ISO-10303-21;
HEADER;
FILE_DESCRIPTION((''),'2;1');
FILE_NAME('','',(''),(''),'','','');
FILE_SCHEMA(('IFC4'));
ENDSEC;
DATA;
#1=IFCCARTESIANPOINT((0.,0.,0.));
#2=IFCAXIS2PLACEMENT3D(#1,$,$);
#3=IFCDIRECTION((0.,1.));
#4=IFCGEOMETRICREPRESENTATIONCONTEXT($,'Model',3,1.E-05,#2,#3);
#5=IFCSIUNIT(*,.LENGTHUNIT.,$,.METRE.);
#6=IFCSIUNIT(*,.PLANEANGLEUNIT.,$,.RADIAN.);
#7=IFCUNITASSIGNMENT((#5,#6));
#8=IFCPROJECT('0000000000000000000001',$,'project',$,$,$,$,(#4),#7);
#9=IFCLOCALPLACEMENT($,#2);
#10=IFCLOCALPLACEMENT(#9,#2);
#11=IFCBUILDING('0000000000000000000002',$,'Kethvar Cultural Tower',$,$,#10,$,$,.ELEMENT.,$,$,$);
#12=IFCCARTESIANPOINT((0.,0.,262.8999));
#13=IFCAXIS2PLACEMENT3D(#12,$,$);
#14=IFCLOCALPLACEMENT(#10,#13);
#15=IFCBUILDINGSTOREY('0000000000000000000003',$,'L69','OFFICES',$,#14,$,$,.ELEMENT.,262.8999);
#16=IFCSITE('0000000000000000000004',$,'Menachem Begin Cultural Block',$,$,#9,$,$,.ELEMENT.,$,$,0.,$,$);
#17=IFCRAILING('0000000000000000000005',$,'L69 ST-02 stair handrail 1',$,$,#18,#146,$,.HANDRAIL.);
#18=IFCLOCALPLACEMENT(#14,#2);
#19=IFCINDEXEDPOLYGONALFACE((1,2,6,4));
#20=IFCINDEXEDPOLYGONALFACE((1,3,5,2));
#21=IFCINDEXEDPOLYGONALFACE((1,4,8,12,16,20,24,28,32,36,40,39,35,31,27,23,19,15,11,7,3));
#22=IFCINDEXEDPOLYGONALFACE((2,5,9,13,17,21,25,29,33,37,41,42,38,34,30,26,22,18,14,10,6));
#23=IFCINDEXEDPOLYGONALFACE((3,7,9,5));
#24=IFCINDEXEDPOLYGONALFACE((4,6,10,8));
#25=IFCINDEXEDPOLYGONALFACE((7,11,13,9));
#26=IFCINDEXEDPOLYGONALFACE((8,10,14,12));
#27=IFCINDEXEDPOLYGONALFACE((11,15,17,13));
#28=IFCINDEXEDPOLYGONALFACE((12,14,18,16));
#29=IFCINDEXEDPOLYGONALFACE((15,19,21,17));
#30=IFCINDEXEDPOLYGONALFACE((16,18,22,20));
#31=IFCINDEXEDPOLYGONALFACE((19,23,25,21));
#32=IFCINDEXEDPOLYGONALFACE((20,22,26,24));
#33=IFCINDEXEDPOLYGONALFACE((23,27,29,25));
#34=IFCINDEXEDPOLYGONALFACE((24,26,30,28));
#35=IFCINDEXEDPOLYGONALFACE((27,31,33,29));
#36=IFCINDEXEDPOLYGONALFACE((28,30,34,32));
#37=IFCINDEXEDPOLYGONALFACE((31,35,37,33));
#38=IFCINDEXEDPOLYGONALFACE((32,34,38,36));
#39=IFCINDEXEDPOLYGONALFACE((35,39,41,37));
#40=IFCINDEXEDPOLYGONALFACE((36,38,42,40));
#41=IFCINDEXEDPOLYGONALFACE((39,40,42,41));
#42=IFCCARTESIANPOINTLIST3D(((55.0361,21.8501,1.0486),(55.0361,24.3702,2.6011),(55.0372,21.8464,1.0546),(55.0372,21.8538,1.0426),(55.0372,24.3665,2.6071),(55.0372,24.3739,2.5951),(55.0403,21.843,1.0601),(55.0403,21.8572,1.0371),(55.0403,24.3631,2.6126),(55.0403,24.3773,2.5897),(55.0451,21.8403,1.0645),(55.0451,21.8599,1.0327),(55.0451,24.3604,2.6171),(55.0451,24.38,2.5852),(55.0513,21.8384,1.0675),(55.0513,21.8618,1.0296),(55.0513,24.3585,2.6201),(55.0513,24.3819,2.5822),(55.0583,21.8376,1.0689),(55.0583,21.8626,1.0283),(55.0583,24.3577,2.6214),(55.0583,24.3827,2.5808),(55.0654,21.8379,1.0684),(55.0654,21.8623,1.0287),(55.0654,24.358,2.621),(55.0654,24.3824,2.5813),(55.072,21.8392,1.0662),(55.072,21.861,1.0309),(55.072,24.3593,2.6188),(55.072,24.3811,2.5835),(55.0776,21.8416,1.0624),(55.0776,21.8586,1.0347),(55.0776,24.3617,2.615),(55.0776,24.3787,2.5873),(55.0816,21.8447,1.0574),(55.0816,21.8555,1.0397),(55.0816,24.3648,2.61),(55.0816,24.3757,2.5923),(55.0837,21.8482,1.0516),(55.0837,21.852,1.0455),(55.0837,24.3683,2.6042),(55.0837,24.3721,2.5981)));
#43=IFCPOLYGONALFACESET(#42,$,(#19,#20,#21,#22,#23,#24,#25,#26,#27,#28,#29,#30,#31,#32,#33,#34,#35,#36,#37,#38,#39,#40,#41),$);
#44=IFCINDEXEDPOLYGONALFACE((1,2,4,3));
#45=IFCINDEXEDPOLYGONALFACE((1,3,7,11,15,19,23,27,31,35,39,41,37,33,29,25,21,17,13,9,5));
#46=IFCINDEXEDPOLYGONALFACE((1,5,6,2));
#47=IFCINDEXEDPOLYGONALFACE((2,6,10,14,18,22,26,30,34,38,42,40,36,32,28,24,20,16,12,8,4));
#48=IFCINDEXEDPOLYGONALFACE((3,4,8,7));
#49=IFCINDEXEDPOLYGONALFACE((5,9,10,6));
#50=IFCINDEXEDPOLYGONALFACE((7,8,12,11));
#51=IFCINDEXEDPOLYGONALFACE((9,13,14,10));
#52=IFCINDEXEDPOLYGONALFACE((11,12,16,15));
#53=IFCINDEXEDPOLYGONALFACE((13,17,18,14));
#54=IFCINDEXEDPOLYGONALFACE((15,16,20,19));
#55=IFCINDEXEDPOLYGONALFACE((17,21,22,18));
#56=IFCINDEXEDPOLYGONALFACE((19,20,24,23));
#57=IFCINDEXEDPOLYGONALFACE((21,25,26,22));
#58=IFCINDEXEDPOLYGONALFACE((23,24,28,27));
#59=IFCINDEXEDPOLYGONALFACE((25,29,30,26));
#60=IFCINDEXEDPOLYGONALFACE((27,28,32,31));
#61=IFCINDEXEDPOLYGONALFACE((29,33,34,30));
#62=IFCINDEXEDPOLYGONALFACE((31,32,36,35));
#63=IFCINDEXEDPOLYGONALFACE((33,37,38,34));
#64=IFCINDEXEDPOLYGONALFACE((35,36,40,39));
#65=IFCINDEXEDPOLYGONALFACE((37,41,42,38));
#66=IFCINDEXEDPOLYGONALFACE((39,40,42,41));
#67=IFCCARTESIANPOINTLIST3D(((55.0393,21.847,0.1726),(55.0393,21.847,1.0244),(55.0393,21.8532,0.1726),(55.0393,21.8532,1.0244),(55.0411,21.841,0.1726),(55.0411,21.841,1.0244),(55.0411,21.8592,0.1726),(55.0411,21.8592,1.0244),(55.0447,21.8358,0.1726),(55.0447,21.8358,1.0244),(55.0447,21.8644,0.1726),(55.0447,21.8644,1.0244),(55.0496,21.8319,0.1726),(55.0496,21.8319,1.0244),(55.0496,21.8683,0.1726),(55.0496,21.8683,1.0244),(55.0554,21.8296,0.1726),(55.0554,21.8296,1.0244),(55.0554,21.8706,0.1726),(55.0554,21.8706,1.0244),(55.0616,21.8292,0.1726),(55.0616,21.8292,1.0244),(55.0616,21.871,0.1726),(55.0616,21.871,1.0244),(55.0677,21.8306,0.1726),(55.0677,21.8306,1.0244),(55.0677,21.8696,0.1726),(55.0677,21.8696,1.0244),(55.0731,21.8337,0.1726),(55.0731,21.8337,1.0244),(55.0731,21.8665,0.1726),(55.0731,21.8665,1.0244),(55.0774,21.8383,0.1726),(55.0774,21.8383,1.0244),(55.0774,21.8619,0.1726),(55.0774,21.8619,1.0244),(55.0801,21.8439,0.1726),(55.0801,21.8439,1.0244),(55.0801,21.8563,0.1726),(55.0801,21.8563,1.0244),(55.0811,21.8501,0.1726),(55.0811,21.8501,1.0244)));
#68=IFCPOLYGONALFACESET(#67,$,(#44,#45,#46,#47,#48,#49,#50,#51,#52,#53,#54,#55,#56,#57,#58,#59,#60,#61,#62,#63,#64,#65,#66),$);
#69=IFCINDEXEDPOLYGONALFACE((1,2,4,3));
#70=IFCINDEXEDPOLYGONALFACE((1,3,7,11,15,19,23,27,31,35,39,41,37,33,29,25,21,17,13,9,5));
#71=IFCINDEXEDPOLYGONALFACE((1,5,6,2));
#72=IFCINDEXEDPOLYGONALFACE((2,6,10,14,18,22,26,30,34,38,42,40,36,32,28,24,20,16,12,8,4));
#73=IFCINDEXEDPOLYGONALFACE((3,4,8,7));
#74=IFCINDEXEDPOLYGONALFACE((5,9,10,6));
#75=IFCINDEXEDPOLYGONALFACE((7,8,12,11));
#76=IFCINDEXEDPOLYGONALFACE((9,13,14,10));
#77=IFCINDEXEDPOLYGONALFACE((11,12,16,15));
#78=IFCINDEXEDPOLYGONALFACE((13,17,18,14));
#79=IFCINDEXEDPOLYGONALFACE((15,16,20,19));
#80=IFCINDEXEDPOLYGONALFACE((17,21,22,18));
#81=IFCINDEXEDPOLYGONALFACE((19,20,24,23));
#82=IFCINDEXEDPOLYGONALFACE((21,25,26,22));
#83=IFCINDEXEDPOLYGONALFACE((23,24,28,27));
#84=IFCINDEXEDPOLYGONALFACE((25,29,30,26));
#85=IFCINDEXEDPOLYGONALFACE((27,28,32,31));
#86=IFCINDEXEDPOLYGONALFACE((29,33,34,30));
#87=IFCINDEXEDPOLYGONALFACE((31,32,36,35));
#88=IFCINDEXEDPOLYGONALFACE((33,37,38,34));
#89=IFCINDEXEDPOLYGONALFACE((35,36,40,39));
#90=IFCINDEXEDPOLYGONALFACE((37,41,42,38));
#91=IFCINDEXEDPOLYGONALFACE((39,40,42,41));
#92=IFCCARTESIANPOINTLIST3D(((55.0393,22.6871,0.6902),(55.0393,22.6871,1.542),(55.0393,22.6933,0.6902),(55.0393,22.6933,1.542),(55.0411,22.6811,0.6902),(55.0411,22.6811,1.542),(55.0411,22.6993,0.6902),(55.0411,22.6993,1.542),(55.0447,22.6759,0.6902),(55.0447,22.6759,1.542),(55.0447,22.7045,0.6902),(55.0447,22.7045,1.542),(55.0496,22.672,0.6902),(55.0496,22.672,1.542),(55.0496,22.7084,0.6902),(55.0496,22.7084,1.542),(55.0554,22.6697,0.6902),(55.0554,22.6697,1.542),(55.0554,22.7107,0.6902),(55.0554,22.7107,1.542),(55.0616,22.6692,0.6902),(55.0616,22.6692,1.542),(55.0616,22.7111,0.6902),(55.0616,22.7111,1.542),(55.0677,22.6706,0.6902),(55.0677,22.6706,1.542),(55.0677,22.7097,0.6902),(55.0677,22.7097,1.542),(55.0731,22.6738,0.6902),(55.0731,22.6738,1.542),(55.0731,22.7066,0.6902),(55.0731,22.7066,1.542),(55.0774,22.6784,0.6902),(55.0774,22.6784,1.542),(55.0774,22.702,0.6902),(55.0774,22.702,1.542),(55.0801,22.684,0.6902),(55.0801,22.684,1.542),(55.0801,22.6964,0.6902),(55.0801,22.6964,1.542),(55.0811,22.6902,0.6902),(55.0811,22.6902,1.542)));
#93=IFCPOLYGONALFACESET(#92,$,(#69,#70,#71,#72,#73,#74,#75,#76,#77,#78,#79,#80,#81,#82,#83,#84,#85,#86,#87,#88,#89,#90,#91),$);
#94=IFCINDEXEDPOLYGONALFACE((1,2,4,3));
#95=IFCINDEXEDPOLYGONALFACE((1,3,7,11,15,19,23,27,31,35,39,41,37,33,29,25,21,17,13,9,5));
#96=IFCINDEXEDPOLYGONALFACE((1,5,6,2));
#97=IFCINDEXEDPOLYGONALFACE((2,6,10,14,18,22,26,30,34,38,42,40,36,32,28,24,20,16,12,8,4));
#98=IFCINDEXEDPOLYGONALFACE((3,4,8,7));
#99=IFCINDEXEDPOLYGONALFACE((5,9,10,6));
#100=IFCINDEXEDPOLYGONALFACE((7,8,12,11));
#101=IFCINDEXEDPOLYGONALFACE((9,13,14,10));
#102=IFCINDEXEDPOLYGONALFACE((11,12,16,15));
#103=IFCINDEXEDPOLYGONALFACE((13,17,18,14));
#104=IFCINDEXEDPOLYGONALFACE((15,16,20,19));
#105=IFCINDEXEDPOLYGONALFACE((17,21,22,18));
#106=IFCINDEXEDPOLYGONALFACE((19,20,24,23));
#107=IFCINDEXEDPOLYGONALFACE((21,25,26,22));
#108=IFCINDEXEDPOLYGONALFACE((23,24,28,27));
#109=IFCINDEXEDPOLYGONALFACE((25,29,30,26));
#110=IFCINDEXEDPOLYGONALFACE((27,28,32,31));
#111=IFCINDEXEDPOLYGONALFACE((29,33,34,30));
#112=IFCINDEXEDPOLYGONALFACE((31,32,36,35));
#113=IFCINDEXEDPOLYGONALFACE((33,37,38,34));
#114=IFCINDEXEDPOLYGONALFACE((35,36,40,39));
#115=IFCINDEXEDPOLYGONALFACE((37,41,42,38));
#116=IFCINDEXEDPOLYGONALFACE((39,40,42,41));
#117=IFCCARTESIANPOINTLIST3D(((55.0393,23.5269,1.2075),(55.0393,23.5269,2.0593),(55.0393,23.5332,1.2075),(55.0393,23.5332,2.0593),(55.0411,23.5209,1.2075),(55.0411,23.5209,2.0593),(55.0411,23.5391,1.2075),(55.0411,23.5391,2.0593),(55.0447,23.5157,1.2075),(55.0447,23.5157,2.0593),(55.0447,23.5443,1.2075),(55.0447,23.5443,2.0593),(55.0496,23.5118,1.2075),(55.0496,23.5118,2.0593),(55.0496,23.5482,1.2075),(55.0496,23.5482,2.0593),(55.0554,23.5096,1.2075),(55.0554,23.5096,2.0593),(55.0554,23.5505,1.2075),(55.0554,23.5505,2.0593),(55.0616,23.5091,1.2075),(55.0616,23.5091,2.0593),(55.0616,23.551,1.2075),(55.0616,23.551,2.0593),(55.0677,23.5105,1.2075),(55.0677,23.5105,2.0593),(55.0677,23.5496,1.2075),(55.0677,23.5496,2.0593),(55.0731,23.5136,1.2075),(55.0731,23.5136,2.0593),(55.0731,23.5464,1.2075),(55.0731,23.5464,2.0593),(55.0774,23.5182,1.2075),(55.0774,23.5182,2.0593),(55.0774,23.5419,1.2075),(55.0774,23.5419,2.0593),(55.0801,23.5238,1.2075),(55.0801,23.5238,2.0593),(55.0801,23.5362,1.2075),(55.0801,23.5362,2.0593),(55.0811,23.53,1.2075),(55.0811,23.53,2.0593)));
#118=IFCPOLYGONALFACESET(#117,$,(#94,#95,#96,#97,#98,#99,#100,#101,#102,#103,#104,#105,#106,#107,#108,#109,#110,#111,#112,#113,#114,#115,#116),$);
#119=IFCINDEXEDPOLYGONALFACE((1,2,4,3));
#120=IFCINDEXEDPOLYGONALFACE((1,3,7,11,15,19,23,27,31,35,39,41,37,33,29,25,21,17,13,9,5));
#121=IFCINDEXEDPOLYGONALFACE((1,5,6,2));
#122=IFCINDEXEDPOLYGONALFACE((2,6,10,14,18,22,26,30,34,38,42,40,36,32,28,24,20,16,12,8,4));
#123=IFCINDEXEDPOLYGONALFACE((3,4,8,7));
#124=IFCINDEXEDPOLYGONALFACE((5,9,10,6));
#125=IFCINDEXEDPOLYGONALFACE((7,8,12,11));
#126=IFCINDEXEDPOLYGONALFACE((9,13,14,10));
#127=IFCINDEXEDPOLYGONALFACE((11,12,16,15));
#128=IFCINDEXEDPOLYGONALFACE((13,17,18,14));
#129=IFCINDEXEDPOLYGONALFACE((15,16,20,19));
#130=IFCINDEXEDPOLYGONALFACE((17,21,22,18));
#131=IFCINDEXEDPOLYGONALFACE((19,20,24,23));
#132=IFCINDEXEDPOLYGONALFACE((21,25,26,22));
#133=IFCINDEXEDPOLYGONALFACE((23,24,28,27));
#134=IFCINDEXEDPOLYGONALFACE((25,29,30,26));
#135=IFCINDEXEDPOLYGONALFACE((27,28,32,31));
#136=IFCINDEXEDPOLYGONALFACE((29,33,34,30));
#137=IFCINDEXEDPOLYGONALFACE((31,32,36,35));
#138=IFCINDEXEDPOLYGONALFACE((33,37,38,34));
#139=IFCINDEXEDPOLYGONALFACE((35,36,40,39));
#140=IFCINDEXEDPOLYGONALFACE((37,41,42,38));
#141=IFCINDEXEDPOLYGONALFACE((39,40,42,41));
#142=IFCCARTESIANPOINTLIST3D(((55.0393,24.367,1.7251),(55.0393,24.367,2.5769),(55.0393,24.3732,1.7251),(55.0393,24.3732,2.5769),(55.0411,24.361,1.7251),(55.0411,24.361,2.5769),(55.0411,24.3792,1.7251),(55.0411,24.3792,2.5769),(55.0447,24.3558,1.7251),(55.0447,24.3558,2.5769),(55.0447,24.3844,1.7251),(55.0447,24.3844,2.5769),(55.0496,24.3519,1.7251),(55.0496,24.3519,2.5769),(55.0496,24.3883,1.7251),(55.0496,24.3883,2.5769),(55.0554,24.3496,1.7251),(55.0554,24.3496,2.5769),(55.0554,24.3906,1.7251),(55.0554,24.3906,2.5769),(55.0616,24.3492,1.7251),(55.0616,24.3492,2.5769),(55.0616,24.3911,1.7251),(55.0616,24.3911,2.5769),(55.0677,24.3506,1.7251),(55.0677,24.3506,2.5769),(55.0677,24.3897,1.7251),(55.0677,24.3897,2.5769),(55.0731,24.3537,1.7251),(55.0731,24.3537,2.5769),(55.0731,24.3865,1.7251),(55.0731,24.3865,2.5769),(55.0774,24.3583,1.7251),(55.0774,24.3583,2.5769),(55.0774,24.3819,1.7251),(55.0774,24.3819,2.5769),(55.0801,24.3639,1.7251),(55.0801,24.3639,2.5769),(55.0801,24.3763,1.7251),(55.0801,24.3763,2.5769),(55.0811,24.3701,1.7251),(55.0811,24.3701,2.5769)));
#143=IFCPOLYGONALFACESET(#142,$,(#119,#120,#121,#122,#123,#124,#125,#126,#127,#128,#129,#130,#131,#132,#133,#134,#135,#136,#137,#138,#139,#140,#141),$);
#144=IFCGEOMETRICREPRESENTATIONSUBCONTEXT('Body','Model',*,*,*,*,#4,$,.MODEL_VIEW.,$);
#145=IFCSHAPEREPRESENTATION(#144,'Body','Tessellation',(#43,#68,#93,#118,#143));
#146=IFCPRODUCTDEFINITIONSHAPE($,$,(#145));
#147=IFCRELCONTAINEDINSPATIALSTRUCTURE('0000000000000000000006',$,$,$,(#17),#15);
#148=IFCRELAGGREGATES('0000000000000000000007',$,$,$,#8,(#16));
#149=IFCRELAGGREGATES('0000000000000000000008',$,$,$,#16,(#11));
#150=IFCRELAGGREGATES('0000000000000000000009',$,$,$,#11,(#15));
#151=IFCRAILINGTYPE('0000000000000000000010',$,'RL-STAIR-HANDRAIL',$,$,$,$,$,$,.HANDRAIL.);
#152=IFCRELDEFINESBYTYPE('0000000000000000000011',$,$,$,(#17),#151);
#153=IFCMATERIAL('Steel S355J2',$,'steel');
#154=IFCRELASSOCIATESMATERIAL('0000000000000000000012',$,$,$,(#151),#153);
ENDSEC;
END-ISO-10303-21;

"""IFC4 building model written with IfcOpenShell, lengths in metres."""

from ifc_helpers import new_model, si_unit, direction, frame, origin, origin_2d, place, context, subcontext, project, spatial, circle, extrude, material, type_object, element, save


model = new_model("IFC4")

# Units and contexts
model_context = context("Model", 3, precision=1e-05, world=origin(), true_north=direction((0.0, 1.0)))
body_context = subcontext(model_context, "Body", "Model", "MODEL_VIEW")
ifc_project = project(units=[si_unit("LENGTHUNIT", "METRE"), si_unit("PLANEANGLEUNIT", "RADIAN")], contexts=[model_context])

# Site, building, storey
site_placement = place(None, origin())
site = spatial("IfcSite", under=ifc_project, at=site_placement, Name="Menachem Begin Cultural Block", CompositionType="ELEMENT", RefElevation=0.0)
building_placement = place(site_placement, origin())
building = spatial("IfcBuilding", under=site, at=building_placement, Name="Kethvar Cultural Tower", CompositionType="ELEMENT")
storey_placement = place(building_placement, frame((0.0, 0.0, 262.8999)))
storey = spatial("IfcBuildingStorey", under=building, at=storey_placement, Name="L69", Description="OFFICES", CompositionType="ELEMENT", Elevation=262.8999)

# Shared definitions
ifc_material_1 = material(Name="Steel S355J2", Category="steel")

# Railing
railing_type_1 = type_object("IfcRailingType", Name="RL-STAIR-HANDRAIL", PredefinedType="HANDRAIL", material=ifc_material_1)
railing_1_placement = place(storey_placement, frame((55.0601, 21.8501, 0.1726)))
element("IfcRailing", 1, at=railing_1_placement, inside=storey, type_object=railing_type_1, Name="L69 ST-02 stair handrail 1", PredefinedType="HANDRAIL", context=body_context, shape_type="SweptSolid", body=[
    extrude(circle(Radius=0.0239, at=origin_2d()), frame((0.0, 0.0, 0.876), z_axis=(0.0, 0.8514, 0.524516), x_axis=(-1.0, 0.0, 0.0)), (0.0, 0.0, 1.0), 2.96),
    extrude(circle(Radius=0.021, at=origin_2d()), origin(), (0.0, 0.0, 1.0), 0.8518),
    extrude(circle(Radius=0.021, at=origin_2d()), frame((0.0, 0.8401, 0.5176)), (0.0, 0.0, 1.0), 0.8518),
    extrude(circle(Radius=0.021, at=origin_2d()), frame((0.0, 1.6799, 1.0349)), (0.0, 0.0, 1.0), 0.8518),
    extrude(circle(Radius=0.021, at=origin_2d()), frame((0.0, 2.52, 1.5525)), (0.0, 0.0, 1.0), 0.8518),
])

save(model, "model.ifc")
